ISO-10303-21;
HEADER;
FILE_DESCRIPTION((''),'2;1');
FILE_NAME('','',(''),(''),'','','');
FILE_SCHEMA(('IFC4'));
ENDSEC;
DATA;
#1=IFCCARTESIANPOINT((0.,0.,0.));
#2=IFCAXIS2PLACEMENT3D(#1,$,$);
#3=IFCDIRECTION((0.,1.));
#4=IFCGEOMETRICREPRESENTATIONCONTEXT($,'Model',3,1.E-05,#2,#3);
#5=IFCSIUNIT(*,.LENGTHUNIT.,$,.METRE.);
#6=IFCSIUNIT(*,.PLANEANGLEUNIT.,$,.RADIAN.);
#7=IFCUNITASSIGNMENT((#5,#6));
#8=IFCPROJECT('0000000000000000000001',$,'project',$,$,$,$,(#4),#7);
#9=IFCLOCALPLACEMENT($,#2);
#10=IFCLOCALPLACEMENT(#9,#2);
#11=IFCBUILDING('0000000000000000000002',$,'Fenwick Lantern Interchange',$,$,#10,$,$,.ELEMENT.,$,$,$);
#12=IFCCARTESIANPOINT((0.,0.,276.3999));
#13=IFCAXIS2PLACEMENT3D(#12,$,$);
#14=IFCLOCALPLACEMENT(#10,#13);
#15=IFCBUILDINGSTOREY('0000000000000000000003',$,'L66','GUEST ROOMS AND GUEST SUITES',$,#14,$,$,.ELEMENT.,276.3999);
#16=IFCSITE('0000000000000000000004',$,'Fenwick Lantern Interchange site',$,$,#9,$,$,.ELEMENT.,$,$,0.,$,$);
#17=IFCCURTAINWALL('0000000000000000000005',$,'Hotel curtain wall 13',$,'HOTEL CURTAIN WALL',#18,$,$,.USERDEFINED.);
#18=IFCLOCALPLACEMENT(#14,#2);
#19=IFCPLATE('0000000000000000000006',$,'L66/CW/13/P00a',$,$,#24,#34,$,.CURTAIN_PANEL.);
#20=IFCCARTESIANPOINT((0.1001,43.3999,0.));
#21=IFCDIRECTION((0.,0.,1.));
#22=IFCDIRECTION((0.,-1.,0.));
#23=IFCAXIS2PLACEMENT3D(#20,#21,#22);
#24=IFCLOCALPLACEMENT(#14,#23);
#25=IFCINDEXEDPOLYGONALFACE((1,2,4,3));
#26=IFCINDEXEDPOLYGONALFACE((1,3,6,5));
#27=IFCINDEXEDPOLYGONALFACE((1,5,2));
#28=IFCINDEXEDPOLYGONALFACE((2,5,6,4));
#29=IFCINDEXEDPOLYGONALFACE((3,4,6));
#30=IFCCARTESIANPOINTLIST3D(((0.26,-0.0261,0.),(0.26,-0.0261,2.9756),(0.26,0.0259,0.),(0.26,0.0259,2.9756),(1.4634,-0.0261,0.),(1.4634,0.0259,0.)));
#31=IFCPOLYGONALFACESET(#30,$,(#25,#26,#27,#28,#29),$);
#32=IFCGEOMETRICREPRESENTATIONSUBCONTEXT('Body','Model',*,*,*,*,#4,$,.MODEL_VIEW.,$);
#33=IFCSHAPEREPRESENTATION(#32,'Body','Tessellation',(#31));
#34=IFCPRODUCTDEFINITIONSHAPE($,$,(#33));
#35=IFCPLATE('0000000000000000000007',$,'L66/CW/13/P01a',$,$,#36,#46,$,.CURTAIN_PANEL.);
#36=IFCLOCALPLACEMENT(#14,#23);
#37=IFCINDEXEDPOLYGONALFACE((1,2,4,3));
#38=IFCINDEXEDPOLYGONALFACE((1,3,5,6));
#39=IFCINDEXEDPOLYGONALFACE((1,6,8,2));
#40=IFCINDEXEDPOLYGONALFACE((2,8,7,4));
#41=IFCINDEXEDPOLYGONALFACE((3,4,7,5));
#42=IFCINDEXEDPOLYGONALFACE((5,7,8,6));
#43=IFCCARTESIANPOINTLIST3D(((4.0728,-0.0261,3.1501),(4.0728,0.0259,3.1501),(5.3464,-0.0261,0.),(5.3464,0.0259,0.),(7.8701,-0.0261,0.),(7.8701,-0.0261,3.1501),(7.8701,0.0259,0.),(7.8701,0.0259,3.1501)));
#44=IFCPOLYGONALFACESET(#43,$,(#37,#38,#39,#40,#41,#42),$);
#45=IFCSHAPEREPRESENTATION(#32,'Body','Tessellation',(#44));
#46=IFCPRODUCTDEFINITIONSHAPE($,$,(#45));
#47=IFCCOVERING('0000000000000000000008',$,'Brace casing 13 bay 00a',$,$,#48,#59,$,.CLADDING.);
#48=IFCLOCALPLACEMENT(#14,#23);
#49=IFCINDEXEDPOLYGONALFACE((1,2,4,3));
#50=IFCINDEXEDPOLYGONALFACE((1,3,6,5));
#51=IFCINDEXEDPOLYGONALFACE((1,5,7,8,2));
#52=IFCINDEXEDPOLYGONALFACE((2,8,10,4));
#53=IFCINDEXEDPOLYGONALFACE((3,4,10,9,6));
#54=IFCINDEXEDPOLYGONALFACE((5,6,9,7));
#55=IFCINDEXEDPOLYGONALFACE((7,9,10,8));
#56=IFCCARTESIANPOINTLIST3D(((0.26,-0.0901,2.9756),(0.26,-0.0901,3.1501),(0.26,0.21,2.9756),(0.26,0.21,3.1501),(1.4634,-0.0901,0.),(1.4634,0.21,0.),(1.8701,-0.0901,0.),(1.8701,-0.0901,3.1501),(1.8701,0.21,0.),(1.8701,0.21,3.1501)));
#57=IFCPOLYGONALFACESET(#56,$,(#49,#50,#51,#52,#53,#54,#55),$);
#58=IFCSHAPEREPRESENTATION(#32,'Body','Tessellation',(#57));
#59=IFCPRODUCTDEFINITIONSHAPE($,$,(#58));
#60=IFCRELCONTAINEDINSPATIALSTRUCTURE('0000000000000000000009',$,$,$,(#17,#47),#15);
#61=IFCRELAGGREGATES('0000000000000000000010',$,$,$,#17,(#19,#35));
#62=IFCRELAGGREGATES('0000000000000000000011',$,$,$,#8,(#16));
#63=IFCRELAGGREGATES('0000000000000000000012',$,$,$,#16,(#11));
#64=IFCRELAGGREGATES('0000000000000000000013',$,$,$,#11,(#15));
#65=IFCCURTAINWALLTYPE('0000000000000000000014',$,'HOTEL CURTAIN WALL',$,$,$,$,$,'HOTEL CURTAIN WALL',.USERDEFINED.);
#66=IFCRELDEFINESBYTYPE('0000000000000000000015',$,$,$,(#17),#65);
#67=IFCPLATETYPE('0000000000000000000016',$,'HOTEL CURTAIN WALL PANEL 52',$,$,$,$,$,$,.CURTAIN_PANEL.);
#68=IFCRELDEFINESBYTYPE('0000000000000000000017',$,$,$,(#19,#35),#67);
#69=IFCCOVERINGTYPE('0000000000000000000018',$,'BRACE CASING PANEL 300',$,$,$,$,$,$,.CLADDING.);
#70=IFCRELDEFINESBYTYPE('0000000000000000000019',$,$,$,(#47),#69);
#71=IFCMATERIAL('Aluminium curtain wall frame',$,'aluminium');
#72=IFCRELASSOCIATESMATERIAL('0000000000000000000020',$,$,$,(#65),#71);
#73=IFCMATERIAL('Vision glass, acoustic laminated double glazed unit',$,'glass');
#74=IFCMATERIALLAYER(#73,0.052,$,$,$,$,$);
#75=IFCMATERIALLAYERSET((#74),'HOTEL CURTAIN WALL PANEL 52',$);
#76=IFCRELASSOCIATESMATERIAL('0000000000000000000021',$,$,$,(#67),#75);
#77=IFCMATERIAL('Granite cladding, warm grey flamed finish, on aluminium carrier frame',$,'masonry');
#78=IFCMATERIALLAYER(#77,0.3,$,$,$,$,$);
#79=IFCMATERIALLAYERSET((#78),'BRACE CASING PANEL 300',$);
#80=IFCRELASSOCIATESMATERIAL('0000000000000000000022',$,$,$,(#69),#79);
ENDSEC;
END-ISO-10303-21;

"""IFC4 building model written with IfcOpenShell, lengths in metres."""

from ifc_helpers import new_model, si_unit, direction, frame, origin, place, context, subcontext, project, spatial, polyline, outline, extrude, material, layer, layer_set, type_object, element, aggregate, save


model = new_model("IFC4")

# Units and contexts
model_context = context("Model", 3, precision=1e-05, world=origin(), true_north=direction((0.0, 1.0)))
body_context = subcontext(model_context, "Body", "Model", "MODEL_VIEW")
ifc_project = project(units=[si_unit("LENGTHUNIT", "METRE"), si_unit("PLANEANGLEUNIT", "RADIAN")], contexts=[model_context])

# Site, building, storey
site_placement = place(None, origin())
site = spatial("IfcSite", under=ifc_project, at=site_placement, Name="Fenwick Lantern Interchange site", CompositionType="ELEMENT", RefElevation=0.0)
building_placement = place(site_placement, origin())
building = spatial("IfcBuilding", under=site, at=building_placement, Name="Fenwick Lantern Interchange", CompositionType="ELEMENT")
storey_placement = place(building_placement, frame((0.0, 0.0, 276.3999)))
storey = spatial("IfcBuildingStorey", under=building, at=storey_placement, Name="L66", Description="GUEST ROOMS AND GUEST SUITES", CompositionType="ELEMENT", Elevation=276.3999)

# Curtain wall
ifc_material_1 = material(Name="Aluminium curtain wall frame", Category="aluminium")
curtain_wall_type = type_object("IfcCurtainWallType", Name="HOTEL CURTAIN WALL", ElementType="HOTEL CURTAIN WALL", PredefinedType="USERDEFINED", material=ifc_material_1)
curtain_wall_placement = place(storey_placement, origin())
curtain_wall = element("IfcCurtainWall", 1, at=curtain_wall_placement, inside=storey, type_object=curtain_wall_type, Name="Hotel curtain wall 13", ObjectType="HOTEL CURTAIN WALL", PredefinedType="USERDEFINED")

# Plates
ifc_material_2 = material(Name="Vision glass, acoustic laminated double glazed unit", Category="glass")
ifc_layer_1 = layer(ifc_material_2, 0.052)
ifc_layer_set_1 = layer_set([ifc_layer_1], Name="HOTEL CURTAIN WALL PANEL 52")
plate_type = type_object("IfcPlateType", Name="HOTEL CURTAIN WALL PANEL 52", PredefinedType="CURTAIN_PANEL", material=ifc_layer_set_1)
plate_1_placement = place(storey_placement, frame((0.1001, 43.3999, 0.0), z_axis=(0.0, 0.0, 1.0), x_axis=(0.0, -1.0, 0.0)))
plate_1 = element("IfcPlate", 2, at=plate_1_placement, type_object=plate_type, Name="L66/CW/13/P00a", PredefinedType="CURTAIN_PANEL", context=body_context, shape_type="SweptSolid", body=[
    extrude(outline(polyline([(0.26, 0.0), (1.4634, 0.0), (0.26, 2.9756), (0.26, 0.0)])), frame((0.0, 0.0259, 0.0), z_axis=(0.0, -1.0, 0.0), x_axis=(1.0, 0.0, 0.0)), (0.0, 0.0, 1.0), 0.052),
])
plate_2_placement = place(storey_placement, frame((0.1001, 43.3999, 0.0), z_axis=(0.0, 0.0, 1.0), x_axis=(0.0, -1.0, 0.0)))
plate_2 = element("IfcPlate", 3, at=plate_2_placement, type_object=plate_type, Name="L66/CW/13/P01a", PredefinedType="CURTAIN_PANEL", context=body_context, shape_type="SweptSolid", body=[
    extrude(outline(polyline([(5.3464, 0.0), (7.8701, 0.0), (7.8701, 3.1501), (4.0728, 3.1501), (5.3464, 0.0)])), frame((0.0, 0.0259, 0.0), z_axis=(0.0, -1.0, 0.0), x_axis=(1.0, 0.0, 0.0)), (0.0, 0.0, 1.0), 0.052),
])
aggregate(curtain_wall, [plate_1, plate_2])

# Covering
ifc_material_3 = material(Name="Granite cladding, warm grey flamed finish, on aluminium carrier frame", Category="masonry")
ifc_layer_2 = layer(ifc_material_3, 0.3)
ifc_layer_set_2 = layer_set([ifc_layer_2], Name="BRACE CASING PANEL 300")
covering_type = type_object("IfcCoveringType", Name="BRACE CASING PANEL 300", PredefinedType="CLADDING", material=ifc_layer_set_2)
covering_placement = place(storey_placement, frame((0.1001, 43.3999, 0.0), z_axis=(0.0, 0.0, 1.0), x_axis=(0.0, -1.0, 0.0)))
element("IfcCovering", 4, at=covering_placement, inside=storey, type_object=covering_type, Name="Brace casing 13 bay 00a", PredefinedType="CLADDING", context=body_context, shape_type="SweptSolid", body=[
    extrude(outline(polyline([(1.4634, 0.0), (1.8701, 0.0), (1.8701, 3.1501), (0.26, 3.1501), (0.26, 2.9756), (1.4634, 0.0)])), frame((0.0, 0.21, 0.0), z_axis=(0.0, -1.0, 0.0), x_axis=(1.0, 0.0, 0.0)), (0.0, 0.0, 1.0), 0.3),
])

save(model, "model.ifc")
